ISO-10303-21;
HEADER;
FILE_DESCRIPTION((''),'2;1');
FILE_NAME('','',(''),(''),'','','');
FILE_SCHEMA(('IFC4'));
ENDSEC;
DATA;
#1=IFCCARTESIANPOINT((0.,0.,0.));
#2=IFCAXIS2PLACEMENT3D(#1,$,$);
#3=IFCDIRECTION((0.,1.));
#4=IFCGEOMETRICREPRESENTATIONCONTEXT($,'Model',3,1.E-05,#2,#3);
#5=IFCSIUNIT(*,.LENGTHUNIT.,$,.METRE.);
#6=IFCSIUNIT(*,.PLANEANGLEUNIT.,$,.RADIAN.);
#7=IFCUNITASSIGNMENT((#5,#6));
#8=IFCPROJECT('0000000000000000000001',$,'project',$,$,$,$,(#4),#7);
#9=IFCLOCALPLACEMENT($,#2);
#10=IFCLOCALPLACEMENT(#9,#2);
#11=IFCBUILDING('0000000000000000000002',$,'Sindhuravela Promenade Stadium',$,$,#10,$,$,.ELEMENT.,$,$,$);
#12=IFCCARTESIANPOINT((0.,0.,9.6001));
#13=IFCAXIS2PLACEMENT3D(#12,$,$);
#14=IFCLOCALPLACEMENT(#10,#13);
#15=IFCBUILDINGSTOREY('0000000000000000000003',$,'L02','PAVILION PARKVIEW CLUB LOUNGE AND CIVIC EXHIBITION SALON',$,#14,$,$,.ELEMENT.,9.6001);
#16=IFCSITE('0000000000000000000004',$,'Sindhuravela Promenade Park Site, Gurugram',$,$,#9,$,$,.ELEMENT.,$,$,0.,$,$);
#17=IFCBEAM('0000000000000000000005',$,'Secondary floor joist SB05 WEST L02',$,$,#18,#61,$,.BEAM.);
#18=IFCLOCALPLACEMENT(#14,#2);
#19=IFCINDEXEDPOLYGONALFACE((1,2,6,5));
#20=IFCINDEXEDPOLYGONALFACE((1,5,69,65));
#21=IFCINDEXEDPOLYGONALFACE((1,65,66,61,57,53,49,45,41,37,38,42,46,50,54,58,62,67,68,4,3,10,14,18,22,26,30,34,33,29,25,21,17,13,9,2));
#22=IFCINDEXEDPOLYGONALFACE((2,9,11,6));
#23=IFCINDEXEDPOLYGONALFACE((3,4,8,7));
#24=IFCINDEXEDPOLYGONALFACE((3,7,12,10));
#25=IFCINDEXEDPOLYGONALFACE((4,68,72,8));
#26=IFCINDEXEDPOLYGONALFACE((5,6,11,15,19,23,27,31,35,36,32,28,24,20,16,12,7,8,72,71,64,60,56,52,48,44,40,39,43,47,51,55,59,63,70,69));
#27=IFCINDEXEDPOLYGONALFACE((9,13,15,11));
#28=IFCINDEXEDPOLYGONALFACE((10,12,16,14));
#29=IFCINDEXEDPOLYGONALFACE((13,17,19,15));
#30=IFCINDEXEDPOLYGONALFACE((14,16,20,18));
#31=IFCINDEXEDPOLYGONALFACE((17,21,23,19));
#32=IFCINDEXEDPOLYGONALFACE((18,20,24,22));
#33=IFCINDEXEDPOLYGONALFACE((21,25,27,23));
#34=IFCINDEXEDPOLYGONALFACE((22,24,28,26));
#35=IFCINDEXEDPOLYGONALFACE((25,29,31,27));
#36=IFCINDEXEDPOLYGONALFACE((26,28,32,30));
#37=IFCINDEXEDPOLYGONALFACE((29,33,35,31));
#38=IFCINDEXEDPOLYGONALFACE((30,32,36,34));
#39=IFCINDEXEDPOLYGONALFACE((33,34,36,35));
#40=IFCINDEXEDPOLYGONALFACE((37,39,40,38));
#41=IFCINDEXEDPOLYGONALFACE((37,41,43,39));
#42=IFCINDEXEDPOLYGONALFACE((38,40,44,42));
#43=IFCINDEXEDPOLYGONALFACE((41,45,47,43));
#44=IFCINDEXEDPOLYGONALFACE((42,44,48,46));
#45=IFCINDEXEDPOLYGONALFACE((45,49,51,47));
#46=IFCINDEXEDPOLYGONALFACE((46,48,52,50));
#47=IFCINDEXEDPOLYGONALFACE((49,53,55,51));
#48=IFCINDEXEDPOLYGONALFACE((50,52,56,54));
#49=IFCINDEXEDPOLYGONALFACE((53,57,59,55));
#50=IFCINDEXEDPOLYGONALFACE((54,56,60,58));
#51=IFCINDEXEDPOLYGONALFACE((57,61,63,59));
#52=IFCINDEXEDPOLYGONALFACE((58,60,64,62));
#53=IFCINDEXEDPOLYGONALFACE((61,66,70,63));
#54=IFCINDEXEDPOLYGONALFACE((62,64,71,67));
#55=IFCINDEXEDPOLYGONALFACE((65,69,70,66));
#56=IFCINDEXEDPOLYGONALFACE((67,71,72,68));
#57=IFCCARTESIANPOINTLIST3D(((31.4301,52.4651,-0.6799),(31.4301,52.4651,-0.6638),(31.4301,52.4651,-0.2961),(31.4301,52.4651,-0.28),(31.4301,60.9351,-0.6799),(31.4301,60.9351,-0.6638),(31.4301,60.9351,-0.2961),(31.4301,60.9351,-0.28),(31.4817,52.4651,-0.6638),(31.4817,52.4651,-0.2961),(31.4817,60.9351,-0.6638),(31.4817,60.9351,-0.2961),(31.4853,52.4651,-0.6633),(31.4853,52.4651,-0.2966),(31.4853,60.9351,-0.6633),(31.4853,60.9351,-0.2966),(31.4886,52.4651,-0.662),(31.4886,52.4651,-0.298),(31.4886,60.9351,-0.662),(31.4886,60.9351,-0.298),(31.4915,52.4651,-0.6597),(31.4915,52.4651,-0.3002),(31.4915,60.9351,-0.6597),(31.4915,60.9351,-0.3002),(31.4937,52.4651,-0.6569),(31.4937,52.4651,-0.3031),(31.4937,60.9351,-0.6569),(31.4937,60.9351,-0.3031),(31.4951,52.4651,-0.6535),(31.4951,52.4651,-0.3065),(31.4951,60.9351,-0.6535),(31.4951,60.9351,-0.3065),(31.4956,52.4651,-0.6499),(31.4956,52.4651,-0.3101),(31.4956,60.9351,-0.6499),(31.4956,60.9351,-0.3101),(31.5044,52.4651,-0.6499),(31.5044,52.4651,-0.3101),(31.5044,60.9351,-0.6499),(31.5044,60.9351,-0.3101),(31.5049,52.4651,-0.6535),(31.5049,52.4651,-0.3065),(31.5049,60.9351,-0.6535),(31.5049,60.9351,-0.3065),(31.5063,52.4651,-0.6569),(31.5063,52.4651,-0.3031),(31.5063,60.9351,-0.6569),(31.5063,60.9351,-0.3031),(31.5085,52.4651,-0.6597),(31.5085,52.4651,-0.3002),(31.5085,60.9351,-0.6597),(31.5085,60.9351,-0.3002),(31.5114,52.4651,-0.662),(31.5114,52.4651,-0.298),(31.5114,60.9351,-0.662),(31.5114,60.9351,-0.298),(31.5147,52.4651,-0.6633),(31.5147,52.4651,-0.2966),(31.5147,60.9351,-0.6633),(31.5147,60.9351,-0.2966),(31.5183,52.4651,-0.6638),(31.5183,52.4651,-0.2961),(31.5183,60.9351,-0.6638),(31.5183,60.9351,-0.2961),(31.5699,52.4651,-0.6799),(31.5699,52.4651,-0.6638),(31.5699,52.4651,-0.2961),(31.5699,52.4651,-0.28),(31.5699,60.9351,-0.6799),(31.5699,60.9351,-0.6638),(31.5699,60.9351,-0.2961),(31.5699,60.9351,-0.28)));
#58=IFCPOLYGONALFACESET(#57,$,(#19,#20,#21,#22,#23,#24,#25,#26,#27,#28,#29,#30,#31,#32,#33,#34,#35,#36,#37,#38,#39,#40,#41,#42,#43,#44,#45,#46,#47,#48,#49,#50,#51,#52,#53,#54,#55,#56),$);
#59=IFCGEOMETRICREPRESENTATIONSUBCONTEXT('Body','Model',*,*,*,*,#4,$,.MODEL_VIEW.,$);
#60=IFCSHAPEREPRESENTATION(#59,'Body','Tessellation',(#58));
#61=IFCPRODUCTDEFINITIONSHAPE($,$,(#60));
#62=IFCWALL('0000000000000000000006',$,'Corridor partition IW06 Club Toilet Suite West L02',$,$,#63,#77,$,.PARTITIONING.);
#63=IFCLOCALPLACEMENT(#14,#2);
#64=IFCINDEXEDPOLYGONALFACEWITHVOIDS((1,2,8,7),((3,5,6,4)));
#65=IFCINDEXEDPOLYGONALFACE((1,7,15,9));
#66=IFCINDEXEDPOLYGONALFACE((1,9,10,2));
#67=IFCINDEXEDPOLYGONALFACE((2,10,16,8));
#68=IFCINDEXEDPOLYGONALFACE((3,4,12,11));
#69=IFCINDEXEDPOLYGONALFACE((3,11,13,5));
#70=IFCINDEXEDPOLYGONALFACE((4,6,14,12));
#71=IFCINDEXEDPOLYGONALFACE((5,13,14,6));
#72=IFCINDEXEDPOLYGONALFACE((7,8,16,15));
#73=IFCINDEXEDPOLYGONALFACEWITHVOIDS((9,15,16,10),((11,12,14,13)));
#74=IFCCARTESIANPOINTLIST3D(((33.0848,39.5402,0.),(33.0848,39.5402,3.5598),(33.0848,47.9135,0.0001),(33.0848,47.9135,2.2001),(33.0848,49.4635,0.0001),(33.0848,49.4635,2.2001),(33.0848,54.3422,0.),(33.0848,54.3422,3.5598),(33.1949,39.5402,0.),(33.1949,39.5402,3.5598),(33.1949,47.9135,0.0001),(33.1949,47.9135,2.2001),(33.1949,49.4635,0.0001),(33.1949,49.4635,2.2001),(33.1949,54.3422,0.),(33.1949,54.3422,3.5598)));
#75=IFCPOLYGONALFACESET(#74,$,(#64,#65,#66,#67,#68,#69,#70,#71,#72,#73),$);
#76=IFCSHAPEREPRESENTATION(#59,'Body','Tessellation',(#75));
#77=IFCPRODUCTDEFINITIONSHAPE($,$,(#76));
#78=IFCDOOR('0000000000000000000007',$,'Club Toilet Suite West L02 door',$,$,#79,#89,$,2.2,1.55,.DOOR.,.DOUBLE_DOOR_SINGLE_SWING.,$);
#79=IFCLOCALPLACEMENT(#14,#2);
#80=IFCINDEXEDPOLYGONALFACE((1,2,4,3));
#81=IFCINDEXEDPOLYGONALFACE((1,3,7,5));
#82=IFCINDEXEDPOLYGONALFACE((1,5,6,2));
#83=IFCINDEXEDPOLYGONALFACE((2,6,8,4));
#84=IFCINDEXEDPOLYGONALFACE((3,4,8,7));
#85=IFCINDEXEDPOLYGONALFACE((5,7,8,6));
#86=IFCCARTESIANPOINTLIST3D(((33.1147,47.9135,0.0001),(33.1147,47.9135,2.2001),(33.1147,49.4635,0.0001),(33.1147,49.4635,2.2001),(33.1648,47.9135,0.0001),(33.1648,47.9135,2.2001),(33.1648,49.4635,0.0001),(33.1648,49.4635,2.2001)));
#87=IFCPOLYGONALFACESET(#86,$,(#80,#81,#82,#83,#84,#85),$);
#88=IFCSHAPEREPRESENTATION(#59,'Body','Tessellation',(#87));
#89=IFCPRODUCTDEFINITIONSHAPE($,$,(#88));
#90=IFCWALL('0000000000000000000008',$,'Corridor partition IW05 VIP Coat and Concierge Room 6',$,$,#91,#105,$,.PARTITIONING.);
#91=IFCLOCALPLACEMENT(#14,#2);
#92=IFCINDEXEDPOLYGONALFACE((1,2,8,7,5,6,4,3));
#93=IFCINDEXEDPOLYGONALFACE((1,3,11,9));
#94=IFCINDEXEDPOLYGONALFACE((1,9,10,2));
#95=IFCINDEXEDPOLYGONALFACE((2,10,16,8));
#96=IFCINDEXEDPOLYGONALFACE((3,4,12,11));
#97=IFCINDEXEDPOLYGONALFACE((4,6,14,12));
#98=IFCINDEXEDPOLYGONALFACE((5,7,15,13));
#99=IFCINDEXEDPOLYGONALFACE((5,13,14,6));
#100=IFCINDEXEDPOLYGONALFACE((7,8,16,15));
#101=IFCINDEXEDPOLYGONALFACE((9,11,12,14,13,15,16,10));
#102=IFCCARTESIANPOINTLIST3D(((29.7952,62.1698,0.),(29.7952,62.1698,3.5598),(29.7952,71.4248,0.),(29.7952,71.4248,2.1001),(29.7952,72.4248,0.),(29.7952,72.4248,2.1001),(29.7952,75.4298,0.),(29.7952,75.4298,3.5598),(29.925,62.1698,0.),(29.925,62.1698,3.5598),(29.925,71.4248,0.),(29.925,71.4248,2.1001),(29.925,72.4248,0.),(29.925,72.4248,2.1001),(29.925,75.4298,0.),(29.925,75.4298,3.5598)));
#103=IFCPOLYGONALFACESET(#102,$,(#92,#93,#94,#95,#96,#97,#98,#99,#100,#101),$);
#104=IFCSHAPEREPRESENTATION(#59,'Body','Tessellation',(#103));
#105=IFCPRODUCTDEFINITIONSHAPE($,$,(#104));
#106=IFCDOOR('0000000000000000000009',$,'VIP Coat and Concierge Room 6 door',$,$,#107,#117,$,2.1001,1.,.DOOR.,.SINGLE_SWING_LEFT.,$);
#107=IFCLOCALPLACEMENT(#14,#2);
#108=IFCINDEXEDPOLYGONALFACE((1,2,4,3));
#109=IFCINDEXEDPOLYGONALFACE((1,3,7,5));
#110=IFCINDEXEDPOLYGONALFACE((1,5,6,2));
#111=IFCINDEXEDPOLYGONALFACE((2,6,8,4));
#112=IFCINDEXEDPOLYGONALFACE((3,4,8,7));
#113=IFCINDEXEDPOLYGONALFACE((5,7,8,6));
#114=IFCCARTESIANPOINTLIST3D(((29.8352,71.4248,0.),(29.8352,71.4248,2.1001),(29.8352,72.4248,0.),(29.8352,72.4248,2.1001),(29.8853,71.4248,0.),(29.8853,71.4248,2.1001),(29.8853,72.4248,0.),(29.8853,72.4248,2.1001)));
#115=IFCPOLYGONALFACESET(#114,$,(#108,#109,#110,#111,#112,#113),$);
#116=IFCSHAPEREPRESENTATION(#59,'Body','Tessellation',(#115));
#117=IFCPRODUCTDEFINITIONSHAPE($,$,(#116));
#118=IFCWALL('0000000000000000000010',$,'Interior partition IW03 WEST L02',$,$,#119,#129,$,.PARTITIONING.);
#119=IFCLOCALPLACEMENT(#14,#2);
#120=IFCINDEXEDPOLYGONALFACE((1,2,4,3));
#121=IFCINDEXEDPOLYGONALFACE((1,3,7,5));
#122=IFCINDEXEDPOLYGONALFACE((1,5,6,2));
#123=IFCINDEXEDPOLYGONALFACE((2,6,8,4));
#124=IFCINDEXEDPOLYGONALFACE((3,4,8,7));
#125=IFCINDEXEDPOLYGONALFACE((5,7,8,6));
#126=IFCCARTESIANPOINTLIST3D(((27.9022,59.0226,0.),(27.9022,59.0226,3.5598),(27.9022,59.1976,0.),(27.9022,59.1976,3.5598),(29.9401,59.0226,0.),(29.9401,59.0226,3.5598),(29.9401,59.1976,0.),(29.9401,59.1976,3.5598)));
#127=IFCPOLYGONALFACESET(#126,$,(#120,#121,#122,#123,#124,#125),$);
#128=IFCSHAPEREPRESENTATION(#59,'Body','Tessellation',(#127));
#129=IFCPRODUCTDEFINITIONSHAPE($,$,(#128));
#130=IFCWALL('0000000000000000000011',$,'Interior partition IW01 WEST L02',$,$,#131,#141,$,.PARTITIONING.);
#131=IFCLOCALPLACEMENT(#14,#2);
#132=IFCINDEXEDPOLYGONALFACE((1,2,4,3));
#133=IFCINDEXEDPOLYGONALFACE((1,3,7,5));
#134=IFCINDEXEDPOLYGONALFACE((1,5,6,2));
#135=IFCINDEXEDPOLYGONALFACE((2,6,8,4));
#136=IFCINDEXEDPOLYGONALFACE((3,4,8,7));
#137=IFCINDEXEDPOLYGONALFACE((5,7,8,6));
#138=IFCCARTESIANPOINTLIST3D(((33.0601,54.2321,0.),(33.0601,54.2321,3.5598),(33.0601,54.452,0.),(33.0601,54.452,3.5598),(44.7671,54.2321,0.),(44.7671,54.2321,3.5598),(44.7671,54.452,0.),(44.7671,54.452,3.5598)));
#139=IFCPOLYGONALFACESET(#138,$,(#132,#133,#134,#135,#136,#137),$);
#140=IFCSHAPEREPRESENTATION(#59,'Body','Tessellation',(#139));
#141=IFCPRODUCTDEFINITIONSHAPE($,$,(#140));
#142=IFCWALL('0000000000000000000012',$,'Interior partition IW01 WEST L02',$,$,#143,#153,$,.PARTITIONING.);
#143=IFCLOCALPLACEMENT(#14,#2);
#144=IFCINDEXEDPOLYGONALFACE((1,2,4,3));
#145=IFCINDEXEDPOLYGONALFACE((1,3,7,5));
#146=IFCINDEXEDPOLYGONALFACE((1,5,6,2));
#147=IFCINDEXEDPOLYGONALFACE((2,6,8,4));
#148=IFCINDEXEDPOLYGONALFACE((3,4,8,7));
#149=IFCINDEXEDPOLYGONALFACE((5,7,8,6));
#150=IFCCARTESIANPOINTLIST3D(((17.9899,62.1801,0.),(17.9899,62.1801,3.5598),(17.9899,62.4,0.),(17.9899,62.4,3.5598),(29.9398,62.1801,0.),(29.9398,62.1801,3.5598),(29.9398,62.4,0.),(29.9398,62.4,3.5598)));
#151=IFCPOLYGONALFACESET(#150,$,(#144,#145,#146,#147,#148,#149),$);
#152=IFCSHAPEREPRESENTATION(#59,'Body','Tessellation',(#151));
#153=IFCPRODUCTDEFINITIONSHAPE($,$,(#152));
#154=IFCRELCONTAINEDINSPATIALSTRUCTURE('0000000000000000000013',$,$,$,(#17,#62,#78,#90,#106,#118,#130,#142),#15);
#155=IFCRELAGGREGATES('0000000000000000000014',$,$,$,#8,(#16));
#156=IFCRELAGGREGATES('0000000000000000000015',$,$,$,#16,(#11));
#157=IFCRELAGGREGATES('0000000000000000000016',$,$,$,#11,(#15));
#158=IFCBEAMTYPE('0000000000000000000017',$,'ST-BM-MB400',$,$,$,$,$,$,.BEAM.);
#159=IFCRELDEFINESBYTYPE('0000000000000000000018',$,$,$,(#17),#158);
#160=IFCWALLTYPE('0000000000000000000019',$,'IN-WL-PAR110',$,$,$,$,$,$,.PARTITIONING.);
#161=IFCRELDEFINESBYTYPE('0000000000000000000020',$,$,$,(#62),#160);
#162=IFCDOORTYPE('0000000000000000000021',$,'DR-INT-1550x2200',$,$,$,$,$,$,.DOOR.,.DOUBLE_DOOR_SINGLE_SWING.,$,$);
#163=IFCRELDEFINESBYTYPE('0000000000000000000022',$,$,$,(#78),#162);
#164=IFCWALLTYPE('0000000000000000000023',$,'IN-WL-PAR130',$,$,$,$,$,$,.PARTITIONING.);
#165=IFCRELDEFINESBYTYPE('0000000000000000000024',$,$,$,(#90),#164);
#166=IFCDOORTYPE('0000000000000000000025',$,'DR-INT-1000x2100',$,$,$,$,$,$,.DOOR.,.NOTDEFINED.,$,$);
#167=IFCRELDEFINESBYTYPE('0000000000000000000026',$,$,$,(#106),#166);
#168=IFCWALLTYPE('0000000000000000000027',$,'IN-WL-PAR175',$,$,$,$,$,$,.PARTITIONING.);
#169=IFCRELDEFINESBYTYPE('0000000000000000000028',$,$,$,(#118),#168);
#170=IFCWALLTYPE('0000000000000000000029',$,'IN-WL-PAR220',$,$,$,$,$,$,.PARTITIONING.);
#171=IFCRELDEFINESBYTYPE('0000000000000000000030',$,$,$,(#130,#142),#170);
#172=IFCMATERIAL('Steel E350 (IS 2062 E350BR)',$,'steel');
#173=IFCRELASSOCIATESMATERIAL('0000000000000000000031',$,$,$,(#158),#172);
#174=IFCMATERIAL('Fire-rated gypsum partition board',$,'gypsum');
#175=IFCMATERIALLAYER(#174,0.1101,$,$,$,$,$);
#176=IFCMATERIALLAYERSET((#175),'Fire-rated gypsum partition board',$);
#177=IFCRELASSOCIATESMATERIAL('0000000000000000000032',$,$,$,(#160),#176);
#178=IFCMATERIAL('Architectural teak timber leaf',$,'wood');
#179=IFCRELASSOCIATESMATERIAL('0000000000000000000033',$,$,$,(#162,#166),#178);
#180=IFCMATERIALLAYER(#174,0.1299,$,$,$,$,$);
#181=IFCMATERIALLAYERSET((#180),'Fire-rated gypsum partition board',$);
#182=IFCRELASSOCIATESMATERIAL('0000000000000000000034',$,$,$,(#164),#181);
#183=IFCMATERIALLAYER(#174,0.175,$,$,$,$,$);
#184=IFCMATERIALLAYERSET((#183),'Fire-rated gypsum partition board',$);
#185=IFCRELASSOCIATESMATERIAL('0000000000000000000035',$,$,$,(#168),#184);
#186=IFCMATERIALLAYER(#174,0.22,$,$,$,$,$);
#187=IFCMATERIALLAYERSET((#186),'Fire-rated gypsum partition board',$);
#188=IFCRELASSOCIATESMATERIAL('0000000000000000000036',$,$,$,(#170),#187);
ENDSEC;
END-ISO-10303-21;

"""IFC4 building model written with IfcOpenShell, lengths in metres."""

from ifc_helpers import new_model, si_unit, direction, frame, frame_2d, origin, origin_2d, place, context, subcontext, project, spatial, rectangle, i_section, extrude, material, layer, layer_set, material_profile, profile_set, type_object, element, fill, save


model = new_model("IFC4")

# Units and contexts
model_context = context("Model", 3, precision=1e-05, world=origin(), true_north=direction((0.0, 1.0)))
body_context = subcontext(model_context, "Body", "Model", "MODEL_VIEW")
ifc_project = project(units=[si_unit("LENGTHUNIT", "METRE"), si_unit("PLANEANGLEUNIT", "RADIAN")], contexts=[model_context])

# Site, building, storey
site_placement = place(None, origin())
site = spatial("IfcSite", under=ifc_project, at=site_placement, Name="Sindhuravela Promenade Park Site, Gurugram", CompositionType="ELEMENT", RefElevation=0.0)
building_placement = place(site_placement, origin())
building = spatial("IfcBuilding", under=site, at=building_placement, Name="Sindhuravela Promenade Stadium", CompositionType="ELEMENT")
storey_placement = place(building_placement, frame((0.0, 0.0, 9.6001)))
storey = spatial("IfcBuildingStorey", under=building, at=storey_placement, Name="L02", Description="PAVILION PARKVIEW CLUB LOUNGE AND CIVIC EXHIBITION SALON", CompositionType="ELEMENT", Elevation=9.6001)

# Beam
ifc_material_1 = material(Name="Steel E350 (IS 2062 E350BR)", Category="steel")
ifc_material_profile_1 = material_profile(ifc_material_1, i_section(OverallWidth=0.1399, OverallDepth=0.3999, WebThickness=0.0088, FlangeThickness=0.0161, FilletRadius=0.0139, at=origin_2d()), Name="ISMB 400")
ifc_profile_set_1 = profile_set([ifc_material_profile_1], Name="Steel E350 (IS 2062 E350BR)")
beam_type_1 = type_object("IfcBeamType", Name="ST-BM-MB400", PredefinedType="BEAM", material=ifc_profile_set_1)
beam_1_placement = place(storey_placement, frame((31.5, 52.4651, -0.48), z_axis=(0.0, 1.0, 0.0), x_axis=(-1.0, 0.0, 0.0)))
element("IfcBeam", 1, at=beam_1_placement, inside=storey, type_object=beam_type_1, Name="Secondary floor joist SB05 WEST L02", PredefinedType="BEAM", context=body_context, shape_type="SweptSolid", body=[
    extrude(i_section(OverallWidth=0.1399, OverallDepth=0.3999, WebThickness=0.0088, FlangeThickness=0.0161, FilletRadius=0.0139, at=origin_2d()), origin(), (0.0, 0.0, 1.0), 8.47),
])

# Walls, openings, doors
ifc_material_2 = material(Name="Fire-rated gypsum partition board", Category="gypsum")
ifc_layer_1 = layer(ifc_material_2, 0.1101)
ifc_layer_set_1 = layer_set([ifc_layer_1], Name="Fire-rated gypsum partition board")
wall_type_1 = type_object("IfcWallType", Name="IN-WL-PAR110", PredefinedType="PARTITIONING", material=ifc_layer_set_1)
wall_1_placement = place(storey_placement, frame((33.1399, 54.342, 0.0), z_axis=(0.0, 0.0, 1.0), x_axis=(0.0, -1.0, 0.0)))
wall_1 = element("IfcWall", 2, at=wall_1_placement, inside=storey, type_object=wall_type_1, Name="Corridor partition IW06 Club Toilet Suite West L02", PredefinedType="PARTITIONING", context=body_context, shape_type="SweptSolid", body=[
    extrude(rectangle(XDim=14.802, YDim=0.1101, at=frame_2d((7.4009, 0.0))), origin(), (0.0, 0.0, 1.0), 3.5598),
])
opening_1_placement = place(wall_1_placement, frame((4.8787, 0.0, 0.0)))
opening_1 = element("IfcOpeningElement", 3, at=opening_1_placement, cuts=wall_1, PredefinedType="OPENING", context=body_context, shape_type="SweptSolid", body=[
    extrude(rectangle(XDim=1.55, YDim=2.2, at=frame_2d((0.7749, 1.1001))), frame((0.0, 0.0649, 0.0), z_axis=(0.0, -1.0, 0.0), x_axis=(1.0, 0.0, 0.0)), (0.0, 0.0, 1.0), 0.1301),
])
ifc_material_3 = material(Name="Architectural teak timber leaf", Category="wood")
door_type_1 = type_object("IfcDoorType", Name="DR-INT-1550x2200", OperationType="DOUBLE_DOOR_SINGLE_SWING", PredefinedType="DOOR", material=ifc_material_3)
door_1_placement = place(opening_1_placement, origin())
door_1 = element("IfcDoor", 4, at=door_1_placement, inside=storey, type_object=door_type_1, Name="Club Toilet Suite West L02 door", OperationType="DOUBLE_DOOR_SINGLE_SWING", OverallHeight=2.2, OverallWidth=1.55, PredefinedType="DOOR", context=body_context, shape_type="SweptSolid", body=[
    extrude(rectangle(XDim=1.55, YDim=2.2, at=frame_2d((0.7749, 1.1001))), frame((0.0, 0.0249, 0.0), z_axis=(0.0, -1.0, 0.0), x_axis=(1.0, 0.0, 0.0)), (0.0, 0.0, 1.0), 0.05),
])
fill(opening_1, door_1)
ifc_layer_2 = layer(ifc_material_2, 0.1299)
ifc_layer_set_2 = layer_set([ifc_layer_2], Name="Fire-rated gypsum partition board")
wall_type_2 = type_object("IfcWallType", Name="IN-WL-PAR130", PredefinedType="PARTITIONING", material=ifc_layer_set_2)
wall_2_placement = place(storey_placement, frame((29.8601, 62.1699, 0.0), z_axis=(0.0, 0.0, 1.0), x_axis=(0.0, 1.0, 0.0)))
wall_2 = element("IfcWall", 5, at=wall_2_placement, inside=storey, type_object=wall_type_2, Name="Corridor partition IW05 VIP Coat and Concierge Room 6", PredefinedType="PARTITIONING", context=body_context, shape_type="SweptSolid", body=[
    extrude(rectangle(XDim=13.26, YDim=0.1299, at=frame_2d((6.6299, 0.0))), origin(), (0.0, 0.0, 1.0), 3.5598),
])
opening_2_placement = place(wall_2_placement, frame((9.2549, 0.0, 0.0)))
opening_2 = element("IfcOpeningElement", 6, at=opening_2_placement, cuts=wall_2, PredefinedType="OPENING", context=body_context, shape_type="SweptSolid", body=[
    extrude(rectangle(XDim=1.0, YDim=2.1001, at=frame_2d((0.5, 1.05))), frame((0.0, 0.075, 0.0), z_axis=(0.0, -1.0, 0.0), x_axis=(1.0, 0.0, 0.0)), (0.0, 0.0, 1.0), 0.1499),
])
door_type_2 = type_object("IfcDoorType", Name="DR-INT-1000x2100", OperationType="NOTDEFINED", PredefinedType="DOOR", material=ifc_material_3)
door_2_placement = place(opening_2_placement, origin())
door_2 = element("IfcDoor", 7, at=door_2_placement, inside=storey, type_object=door_type_2, Name="VIP Coat and Concierge Room 6 door", OperationType="SINGLE_SWING_LEFT", OverallHeight=2.1001, OverallWidth=1.0, PredefinedType="DOOR", context=body_context, shape_type="SweptSolid", body=[
    extrude(rectangle(XDim=1.0, YDim=2.1001, at=frame_2d((0.5, 1.05))), frame((0.0, 0.0249, 0.0), z_axis=(0.0, -1.0, 0.0), x_axis=(1.0, 0.0, 0.0)), (0.0, 0.0, 1.0), 0.05),
])
fill(opening_2, door_2)

# Walls
ifc_layer_3 = layer(ifc_material_2, 0.175)
ifc_layer_set_3 = layer_set([ifc_layer_3], Name="Fire-rated gypsum partition board")
wall_type_3 = type_object("IfcWallType", Name="IN-WL-PAR175", PredefinedType="PARTITIONING", material=ifc_layer_set_3)
wall_3_placement = place(storey_placement, frame((27.9021, 59.1101, 0.0), z_axis=(0.0, 0.0, 1.0), x_axis=(1.0, 0.0, 0.0)))
element("IfcWall", 8, at=wall_3_placement, inside=storey, type_object=wall_type_3, Name="Interior partition IW03 WEST L02", PredefinedType="PARTITIONING", context=body_context, shape_type="SweptSolid", body=[
    extrude(rectangle(XDim=2.0378, YDim=0.175, at=frame_2d((1.019, 0.0))), origin(), (0.0, 0.0, 1.0), 3.5598),
])
ifc_layer_4 = layer(ifc_material_2, 0.22)
ifc_layer_set_4 = layer_set([ifc_layer_4], Name="Fire-rated gypsum partition board")
wall_type_4 = type_object("IfcWallType", Name="IN-WL-PAR220", PredefinedType="PARTITIONING", material=ifc_layer_set_4)
wall_4_placement = place(storey_placement, frame((44.7671, 54.342, 0.0), z_axis=(0.0, 0.0, 1.0), x_axis=(-1.0, 0.0, 0.0)))
element("IfcWall", 9, at=wall_4_placement, inside=storey, type_object=wall_type_4, Name="Interior partition IW01 WEST L02", PredefinedType="PARTITIONING", context=body_context, shape_type="SweptSolid", body=[
    extrude(rectangle(XDim=11.707, YDim=0.22, at=frame_2d((5.8535, 0.0))), origin(), (0.0, 0.0, 1.0), 3.5598),
])
wall_5_placement = place(storey_placement, frame((29.9399, 62.29, 0.0), z_axis=(0.0, 0.0, 1.0), x_axis=(-1.0, 0.0, 0.0)))
element("IfcWall", 10, at=wall_5_placement, inside=storey, type_object=wall_type_4, Name="Interior partition IW01 WEST L02", PredefinedType="PARTITIONING", context=body_context, shape_type="SweptSolid", body=[
    extrude(rectangle(XDim=11.95, YDim=0.22, at=frame_2d((5.9751, 0.0))), origin(), (0.0, 0.0, 1.0), 3.5598),
])

save(model, "model.ifc")
